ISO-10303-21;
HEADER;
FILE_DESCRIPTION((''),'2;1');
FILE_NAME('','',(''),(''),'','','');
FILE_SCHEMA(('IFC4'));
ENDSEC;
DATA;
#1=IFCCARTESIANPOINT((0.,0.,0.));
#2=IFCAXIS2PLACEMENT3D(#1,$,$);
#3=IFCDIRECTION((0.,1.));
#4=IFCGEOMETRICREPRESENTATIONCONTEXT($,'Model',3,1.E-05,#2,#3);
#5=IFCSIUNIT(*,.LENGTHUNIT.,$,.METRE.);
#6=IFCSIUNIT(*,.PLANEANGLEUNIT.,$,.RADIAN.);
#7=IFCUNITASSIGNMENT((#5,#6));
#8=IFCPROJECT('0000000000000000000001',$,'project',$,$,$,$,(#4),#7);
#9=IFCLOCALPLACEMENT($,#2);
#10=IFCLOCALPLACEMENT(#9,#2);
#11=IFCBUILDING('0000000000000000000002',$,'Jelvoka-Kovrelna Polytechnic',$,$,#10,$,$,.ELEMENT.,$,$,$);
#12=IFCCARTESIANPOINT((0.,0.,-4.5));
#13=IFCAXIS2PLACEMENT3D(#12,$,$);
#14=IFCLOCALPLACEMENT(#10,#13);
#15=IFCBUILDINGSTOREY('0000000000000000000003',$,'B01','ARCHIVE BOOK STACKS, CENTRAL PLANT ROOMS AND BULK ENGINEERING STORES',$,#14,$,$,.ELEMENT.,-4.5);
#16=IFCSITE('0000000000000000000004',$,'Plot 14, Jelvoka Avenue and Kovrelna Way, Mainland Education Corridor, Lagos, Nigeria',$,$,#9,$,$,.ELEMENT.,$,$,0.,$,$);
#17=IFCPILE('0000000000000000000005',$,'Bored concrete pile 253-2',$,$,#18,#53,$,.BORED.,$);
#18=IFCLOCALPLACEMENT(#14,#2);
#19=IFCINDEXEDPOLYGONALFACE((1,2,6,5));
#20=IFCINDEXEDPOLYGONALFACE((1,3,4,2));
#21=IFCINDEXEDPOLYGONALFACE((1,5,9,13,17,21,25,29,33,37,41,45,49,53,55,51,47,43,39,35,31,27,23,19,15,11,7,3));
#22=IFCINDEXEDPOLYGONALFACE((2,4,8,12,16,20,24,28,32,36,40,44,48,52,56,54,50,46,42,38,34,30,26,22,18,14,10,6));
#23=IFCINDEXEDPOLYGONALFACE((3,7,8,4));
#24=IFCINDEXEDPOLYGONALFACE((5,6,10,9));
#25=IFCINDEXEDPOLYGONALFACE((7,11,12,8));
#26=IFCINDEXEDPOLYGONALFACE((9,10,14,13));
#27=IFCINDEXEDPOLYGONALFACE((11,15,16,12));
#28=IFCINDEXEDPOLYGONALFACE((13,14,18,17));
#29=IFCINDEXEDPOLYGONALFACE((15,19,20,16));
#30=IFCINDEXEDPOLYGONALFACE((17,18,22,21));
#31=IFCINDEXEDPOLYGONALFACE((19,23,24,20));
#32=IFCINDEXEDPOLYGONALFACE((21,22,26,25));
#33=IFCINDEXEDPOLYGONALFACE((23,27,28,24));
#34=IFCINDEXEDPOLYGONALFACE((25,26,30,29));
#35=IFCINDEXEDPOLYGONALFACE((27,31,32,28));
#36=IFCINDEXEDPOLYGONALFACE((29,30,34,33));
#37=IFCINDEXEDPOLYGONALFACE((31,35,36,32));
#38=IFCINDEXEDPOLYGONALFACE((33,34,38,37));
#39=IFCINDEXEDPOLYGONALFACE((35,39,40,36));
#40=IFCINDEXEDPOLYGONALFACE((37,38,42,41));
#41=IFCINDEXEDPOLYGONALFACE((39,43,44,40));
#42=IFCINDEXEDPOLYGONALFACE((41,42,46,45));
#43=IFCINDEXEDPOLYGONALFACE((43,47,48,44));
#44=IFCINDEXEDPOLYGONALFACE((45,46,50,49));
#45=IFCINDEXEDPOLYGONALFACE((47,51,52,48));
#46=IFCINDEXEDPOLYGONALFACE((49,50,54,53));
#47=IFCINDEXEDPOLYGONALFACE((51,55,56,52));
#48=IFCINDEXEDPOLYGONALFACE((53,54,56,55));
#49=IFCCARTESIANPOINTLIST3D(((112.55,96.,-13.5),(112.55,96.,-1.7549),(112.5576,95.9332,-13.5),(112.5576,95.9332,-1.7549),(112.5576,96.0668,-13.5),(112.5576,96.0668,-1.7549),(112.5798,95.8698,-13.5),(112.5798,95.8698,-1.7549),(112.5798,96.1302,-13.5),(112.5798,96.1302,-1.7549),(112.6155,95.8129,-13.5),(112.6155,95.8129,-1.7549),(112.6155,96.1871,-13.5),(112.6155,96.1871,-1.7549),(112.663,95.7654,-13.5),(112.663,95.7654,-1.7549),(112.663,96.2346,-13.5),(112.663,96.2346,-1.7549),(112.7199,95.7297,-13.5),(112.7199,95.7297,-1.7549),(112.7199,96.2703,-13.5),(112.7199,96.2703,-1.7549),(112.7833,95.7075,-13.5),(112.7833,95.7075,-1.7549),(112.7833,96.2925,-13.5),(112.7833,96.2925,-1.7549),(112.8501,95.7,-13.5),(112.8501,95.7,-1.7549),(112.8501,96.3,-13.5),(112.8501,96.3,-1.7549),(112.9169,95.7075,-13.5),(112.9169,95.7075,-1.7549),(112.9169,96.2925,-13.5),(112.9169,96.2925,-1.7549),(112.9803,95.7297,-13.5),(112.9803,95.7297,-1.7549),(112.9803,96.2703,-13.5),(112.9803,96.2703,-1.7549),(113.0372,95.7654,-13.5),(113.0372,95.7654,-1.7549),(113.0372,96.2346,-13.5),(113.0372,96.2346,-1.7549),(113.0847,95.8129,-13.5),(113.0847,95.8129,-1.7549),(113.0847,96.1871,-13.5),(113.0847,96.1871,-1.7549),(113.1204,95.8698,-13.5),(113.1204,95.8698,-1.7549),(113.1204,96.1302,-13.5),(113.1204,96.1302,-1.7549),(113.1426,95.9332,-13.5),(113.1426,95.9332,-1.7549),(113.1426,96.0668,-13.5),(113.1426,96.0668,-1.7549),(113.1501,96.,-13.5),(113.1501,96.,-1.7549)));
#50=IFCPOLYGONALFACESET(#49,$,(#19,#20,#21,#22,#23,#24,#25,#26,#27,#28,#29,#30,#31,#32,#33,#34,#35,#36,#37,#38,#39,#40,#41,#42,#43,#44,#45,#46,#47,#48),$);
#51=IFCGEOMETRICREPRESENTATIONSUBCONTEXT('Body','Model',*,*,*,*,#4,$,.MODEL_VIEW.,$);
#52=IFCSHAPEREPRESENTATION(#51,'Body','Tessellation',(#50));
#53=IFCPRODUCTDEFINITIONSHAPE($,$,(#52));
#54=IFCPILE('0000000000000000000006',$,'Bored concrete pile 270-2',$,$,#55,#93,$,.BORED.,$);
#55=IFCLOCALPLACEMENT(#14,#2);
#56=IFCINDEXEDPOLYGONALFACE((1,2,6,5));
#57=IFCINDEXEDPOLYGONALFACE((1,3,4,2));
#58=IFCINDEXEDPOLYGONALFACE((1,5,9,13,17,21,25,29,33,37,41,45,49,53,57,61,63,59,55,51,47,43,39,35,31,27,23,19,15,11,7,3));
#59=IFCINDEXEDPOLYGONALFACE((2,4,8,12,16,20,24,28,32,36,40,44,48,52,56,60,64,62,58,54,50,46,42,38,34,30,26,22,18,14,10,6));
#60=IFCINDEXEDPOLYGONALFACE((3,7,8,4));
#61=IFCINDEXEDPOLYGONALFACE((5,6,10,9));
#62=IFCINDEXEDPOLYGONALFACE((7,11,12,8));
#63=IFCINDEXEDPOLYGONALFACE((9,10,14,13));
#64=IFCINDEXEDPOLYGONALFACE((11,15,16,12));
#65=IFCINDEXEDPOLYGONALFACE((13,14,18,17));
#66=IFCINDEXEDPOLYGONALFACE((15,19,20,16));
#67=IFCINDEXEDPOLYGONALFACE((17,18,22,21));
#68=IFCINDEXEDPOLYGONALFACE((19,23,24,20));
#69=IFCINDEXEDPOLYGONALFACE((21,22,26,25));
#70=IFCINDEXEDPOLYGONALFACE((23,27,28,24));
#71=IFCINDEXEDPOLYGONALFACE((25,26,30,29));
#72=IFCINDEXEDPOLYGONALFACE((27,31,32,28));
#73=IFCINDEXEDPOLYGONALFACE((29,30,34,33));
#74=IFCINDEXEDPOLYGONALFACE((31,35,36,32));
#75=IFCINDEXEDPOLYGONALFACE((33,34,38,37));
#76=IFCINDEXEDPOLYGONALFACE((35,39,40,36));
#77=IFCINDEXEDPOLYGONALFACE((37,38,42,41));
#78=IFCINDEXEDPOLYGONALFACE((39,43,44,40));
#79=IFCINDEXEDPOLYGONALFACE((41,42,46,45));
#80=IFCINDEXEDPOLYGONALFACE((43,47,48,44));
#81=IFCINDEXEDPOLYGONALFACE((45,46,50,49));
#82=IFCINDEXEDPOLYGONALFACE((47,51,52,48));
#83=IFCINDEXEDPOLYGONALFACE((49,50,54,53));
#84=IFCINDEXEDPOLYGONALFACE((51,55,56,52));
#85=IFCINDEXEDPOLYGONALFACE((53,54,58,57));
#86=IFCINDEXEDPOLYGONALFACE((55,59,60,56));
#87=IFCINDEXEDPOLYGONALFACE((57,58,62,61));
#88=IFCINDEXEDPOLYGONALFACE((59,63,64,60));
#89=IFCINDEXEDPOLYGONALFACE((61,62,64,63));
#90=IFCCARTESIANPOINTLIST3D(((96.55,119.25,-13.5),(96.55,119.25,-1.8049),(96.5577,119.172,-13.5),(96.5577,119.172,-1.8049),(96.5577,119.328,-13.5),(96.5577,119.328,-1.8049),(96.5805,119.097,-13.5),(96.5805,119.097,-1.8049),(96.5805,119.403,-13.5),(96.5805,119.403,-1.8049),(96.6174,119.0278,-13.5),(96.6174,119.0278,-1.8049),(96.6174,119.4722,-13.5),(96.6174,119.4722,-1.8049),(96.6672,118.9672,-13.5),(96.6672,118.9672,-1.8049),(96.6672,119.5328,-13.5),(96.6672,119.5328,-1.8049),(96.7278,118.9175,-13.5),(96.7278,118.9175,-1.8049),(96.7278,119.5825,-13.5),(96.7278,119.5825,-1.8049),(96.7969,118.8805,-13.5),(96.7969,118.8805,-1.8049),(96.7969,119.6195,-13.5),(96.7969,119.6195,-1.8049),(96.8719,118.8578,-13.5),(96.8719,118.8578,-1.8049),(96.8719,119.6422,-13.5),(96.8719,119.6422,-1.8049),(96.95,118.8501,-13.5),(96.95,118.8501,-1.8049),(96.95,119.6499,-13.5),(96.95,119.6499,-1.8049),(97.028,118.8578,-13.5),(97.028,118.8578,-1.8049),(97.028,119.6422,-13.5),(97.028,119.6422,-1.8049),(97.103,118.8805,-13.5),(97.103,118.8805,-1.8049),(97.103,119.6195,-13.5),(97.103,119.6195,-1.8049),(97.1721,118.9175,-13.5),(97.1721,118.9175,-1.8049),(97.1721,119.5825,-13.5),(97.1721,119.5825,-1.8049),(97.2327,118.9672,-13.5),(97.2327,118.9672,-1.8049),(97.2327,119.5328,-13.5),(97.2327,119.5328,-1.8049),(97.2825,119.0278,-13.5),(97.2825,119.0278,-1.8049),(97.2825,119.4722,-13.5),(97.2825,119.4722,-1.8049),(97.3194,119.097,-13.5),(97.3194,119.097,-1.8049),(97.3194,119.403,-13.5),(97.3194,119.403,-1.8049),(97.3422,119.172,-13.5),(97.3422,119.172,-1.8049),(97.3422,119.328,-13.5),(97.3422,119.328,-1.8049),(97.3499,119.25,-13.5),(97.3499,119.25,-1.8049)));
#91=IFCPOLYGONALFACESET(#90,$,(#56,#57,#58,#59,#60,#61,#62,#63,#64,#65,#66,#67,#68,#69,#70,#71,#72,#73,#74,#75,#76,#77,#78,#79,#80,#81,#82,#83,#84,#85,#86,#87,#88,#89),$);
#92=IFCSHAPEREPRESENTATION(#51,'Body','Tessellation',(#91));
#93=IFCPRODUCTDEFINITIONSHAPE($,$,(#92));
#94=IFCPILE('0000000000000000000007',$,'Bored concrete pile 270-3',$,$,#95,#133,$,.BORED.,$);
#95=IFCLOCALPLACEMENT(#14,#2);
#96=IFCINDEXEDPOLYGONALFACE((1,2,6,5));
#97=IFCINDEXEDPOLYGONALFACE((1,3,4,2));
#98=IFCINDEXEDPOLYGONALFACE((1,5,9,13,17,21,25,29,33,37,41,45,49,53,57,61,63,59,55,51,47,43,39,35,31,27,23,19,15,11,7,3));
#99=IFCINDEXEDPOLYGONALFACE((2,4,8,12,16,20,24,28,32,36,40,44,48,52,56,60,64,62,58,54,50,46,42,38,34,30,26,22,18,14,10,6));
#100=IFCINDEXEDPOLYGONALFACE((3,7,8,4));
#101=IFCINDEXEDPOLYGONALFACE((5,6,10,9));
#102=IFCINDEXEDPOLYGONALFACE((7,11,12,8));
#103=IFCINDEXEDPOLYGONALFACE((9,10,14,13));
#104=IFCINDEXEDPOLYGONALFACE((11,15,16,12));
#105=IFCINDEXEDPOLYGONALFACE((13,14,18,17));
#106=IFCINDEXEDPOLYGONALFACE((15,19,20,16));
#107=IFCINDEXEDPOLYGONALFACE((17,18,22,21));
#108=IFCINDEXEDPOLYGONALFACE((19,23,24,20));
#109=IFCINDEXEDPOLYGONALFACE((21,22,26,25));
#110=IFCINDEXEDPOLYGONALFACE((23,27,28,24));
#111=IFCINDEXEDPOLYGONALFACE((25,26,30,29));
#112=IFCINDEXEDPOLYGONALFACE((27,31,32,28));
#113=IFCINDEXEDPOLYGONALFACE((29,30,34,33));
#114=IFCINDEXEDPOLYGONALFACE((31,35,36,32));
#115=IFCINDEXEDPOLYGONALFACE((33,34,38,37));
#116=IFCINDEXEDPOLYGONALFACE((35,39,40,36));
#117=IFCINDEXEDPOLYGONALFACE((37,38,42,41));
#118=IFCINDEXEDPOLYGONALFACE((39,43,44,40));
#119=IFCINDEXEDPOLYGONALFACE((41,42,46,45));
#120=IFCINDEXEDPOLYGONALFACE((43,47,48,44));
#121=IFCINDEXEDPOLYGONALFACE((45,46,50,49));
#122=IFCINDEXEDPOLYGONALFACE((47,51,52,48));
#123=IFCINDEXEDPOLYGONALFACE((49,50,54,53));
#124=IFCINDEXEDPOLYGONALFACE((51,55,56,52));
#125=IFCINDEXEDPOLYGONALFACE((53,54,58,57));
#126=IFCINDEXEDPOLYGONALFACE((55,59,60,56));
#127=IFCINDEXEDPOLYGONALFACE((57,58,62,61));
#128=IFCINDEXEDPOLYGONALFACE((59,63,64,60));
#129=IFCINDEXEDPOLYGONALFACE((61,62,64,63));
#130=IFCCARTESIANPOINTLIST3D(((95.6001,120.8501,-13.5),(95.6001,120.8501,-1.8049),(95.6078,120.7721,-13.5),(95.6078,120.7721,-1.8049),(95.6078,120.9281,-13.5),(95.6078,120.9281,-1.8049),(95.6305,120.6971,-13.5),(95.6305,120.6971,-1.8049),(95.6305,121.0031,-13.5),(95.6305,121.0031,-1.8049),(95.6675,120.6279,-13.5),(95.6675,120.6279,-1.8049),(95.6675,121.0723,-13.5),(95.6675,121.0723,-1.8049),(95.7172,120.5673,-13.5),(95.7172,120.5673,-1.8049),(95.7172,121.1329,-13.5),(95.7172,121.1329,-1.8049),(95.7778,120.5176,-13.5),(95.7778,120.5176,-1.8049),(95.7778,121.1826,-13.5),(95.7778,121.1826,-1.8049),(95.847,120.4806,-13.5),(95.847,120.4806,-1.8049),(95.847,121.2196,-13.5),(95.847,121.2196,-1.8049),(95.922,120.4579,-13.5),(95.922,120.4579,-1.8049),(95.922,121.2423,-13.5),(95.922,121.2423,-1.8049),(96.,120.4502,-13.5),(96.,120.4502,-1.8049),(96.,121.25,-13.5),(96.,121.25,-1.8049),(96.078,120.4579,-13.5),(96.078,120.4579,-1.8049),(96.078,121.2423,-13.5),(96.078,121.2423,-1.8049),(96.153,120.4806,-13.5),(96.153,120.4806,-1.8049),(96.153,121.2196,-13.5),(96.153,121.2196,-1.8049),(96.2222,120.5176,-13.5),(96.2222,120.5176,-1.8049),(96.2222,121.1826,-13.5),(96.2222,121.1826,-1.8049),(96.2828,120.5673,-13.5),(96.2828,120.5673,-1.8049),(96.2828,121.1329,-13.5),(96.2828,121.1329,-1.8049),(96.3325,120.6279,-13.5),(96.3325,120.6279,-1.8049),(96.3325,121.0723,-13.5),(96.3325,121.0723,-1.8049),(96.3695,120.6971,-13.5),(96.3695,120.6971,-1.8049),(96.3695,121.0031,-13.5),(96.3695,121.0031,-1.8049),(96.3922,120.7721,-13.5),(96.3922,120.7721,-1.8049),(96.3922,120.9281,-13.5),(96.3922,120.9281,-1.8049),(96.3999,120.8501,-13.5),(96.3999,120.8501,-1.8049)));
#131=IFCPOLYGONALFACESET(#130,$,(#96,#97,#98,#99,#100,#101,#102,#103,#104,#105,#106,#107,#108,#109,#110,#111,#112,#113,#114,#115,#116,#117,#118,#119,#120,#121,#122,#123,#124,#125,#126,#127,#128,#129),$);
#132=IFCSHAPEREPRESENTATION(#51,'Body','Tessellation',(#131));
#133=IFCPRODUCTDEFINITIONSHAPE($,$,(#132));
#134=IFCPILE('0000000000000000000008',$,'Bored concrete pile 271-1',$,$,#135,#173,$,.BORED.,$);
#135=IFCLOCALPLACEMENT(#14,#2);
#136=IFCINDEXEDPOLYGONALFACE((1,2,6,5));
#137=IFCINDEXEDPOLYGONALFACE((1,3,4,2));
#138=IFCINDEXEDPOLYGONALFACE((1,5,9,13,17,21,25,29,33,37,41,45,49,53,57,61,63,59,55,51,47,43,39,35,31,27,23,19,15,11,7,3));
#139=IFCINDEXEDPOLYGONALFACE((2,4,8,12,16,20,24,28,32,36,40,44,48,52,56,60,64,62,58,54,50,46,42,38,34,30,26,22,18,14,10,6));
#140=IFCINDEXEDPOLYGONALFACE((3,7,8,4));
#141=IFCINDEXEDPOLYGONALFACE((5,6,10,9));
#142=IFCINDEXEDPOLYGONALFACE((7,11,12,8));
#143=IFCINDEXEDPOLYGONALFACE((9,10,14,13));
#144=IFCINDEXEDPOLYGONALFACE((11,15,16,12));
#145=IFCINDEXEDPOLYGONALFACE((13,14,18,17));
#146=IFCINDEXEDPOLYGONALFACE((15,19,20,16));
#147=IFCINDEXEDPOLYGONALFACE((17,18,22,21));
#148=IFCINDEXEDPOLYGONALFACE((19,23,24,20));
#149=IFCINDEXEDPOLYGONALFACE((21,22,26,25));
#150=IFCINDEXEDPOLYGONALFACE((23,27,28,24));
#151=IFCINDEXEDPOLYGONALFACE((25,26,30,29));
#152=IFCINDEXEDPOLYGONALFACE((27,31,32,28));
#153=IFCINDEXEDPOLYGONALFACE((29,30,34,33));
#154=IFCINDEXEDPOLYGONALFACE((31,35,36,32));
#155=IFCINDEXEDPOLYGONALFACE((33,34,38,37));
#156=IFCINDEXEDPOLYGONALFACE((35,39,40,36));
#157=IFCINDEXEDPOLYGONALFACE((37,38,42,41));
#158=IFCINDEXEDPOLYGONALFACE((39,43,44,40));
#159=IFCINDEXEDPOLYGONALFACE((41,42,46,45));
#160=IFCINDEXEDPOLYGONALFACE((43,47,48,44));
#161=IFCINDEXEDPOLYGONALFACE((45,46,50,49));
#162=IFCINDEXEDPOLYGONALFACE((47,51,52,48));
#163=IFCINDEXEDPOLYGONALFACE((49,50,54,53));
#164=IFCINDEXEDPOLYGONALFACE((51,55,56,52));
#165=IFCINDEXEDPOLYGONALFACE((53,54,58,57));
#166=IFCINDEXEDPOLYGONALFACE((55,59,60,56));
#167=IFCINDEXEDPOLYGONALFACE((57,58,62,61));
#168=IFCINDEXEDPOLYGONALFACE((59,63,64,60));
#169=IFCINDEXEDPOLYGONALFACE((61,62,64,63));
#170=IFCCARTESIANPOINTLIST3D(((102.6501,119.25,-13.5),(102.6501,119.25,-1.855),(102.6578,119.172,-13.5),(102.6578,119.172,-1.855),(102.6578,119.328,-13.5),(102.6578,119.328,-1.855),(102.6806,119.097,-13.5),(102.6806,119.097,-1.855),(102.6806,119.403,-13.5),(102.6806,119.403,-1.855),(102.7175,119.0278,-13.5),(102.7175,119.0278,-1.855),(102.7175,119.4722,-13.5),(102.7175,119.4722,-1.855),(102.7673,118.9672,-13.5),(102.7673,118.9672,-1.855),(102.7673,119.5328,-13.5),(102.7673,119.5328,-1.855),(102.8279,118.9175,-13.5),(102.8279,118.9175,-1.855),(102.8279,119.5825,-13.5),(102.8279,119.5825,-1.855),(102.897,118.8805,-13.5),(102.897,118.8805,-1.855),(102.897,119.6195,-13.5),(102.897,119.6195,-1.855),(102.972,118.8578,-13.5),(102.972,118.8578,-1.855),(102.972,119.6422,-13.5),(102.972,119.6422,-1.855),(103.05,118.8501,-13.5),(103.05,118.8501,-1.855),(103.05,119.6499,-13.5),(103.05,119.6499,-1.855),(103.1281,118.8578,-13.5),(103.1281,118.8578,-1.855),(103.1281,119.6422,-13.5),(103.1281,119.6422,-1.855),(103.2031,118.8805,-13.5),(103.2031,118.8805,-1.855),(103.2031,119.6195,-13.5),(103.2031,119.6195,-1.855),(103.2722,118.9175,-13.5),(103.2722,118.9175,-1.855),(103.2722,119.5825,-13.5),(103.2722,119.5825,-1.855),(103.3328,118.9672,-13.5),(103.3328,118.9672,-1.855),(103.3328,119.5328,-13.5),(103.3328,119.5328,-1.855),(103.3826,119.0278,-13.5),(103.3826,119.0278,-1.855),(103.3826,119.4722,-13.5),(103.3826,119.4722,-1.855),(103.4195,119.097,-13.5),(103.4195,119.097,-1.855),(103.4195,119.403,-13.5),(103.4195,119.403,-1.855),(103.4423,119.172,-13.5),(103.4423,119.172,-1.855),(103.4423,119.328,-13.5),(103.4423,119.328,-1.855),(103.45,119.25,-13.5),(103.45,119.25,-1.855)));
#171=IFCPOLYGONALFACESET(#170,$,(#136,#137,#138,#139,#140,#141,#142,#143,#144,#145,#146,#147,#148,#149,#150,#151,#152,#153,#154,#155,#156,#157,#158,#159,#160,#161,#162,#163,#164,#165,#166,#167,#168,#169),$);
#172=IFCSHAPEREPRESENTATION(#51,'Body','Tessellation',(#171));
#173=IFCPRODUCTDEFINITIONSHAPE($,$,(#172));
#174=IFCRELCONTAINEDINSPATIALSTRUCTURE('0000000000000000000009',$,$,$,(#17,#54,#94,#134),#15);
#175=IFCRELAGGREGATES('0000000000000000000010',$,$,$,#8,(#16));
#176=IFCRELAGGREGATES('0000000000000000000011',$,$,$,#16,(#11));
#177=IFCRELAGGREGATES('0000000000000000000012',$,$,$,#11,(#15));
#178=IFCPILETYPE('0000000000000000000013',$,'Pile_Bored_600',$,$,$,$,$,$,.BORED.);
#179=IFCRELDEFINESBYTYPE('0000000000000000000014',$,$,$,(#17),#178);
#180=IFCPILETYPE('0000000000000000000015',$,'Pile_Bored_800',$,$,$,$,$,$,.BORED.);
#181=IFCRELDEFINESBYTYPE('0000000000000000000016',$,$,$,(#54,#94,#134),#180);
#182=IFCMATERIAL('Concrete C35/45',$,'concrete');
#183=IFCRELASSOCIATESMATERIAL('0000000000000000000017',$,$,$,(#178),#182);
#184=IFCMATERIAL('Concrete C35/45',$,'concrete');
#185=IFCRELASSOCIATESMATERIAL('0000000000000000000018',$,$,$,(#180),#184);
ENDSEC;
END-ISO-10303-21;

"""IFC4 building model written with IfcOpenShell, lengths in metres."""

from ifc_helpers import new_model, si_unit, direction, frame, origin, origin_2d, place, context, subcontext, project, spatial, circle, extrude, material, material_profile, profile_set, type_object, element, save


model = new_model("IFC4")

# Units and contexts
model_context = context("Model", 3, precision=1e-05, world=origin(), true_north=direction((0.0, 1.0)))
body_context = subcontext(model_context, "Body", "Model", "MODEL_VIEW")
ifc_project = project(units=[si_unit("LENGTHUNIT", "METRE"), si_unit("PLANEANGLEUNIT", "RADIAN")], contexts=[model_context])

# Site, building, storey
site_placement = place(None, origin())
site = spatial("IfcSite", under=ifc_project, at=site_placement, Name="Plot 14, Jelvoka Avenue and Kovrelna Way, Mainland Education Corridor, Lagos, Nigeria", CompositionType="ELEMENT", RefElevation=0.0)
building_placement = place(site_placement, origin())
building = spatial("IfcBuilding", under=site, at=building_placement, Name="Jelvoka-Kovrelna Polytechnic", CompositionType="ELEMENT")
storey_placement = place(building_placement, frame((0.0, 0.0, -4.5)))
storey = spatial("IfcBuildingStorey", under=building, at=storey_placement, Name="B01", Description="ARCHIVE BOOK STACKS, CENTRAL PLANT ROOMS AND BULK ENGINEERING STORES", CompositionType="ELEMENT", Elevation=-4.5)

# Piles
ifc_material_1 = material(Name="Concrete C35/45", Category="concrete")
ifc_material_profile_1 = material_profile(ifc_material_1, circle(Radius=0.3, at=origin_2d()), Name="PILE D600")
ifc_profile_set_1 = profile_set([ifc_material_profile_1], Name="Concrete C35/45")
pile_type_1 = type_object("IfcPileType", Name="Pile_Bored_600", PredefinedType="BORED", material=ifc_profile_set_1)
for number, where, z_axis, x_axis, name in (
    (1, (112.8501, 96.0, -1.7549), (0.0, 0.0, -1.0), (1.0, 0.0, 0.0), "Bored concrete pile 253-2"),
):
    element("IfcPile", number, at=place(storey_placement, frame(where, z_axis=z_axis, x_axis=x_axis)), inside=storey, type_object=pile_type_1, Name=name, PredefinedType="BORED", context=body_context, shape_type="SweptSolid", body=[
        extrude(circle(Radius=0.3, at=origin_2d()), origin(), (0.0, 0.0, 1.0), 11.7451),
    ])
ifc_material_2 = material(Name="Concrete C35/45", Category="concrete")
ifc_material_profile_2 = material_profile(ifc_material_2, circle(Radius=0.3999, at=origin_2d()), Name="PILE D800")
ifc_profile_set_2 = profile_set([ifc_material_profile_2], Name="Concrete C35/45")
pile_type_2 = type_object("IfcPileType", Name="Pile_Bored_800", PredefinedType="BORED", material=ifc_profile_set_2)
for number, where, z_axis, x_axis, name in (
    (2, (96.95, 119.25, -1.8049), (0.0, 0.0, -1.0), (1.0, 0.0, 0.0), "Bored concrete pile 270-2"),
    (3, (96.0, 120.8501, -1.8049), (0.0, 0.0, -1.0), (1.0, 0.0, 0.0), "Bored concrete pile 270-3"),
):
    element("IfcPile", number, at=place(storey_placement, frame(where, z_axis=z_axis, x_axis=x_axis)), inside=storey, type_object=pile_type_2, Name=name, PredefinedType="BORED", context=body_context, shape_type="SweptSolid", body=[
        extrude(circle(Radius=0.3999, at=origin_2d()), origin(), (0.0, 0.0, 1.0), 11.6951),
    ])
for number, where, z_axis, x_axis, name in (
    (4, (103.05, 119.25, -1.855), (0.0, 0.0, -1.0), (1.0, 0.0, 0.0), "Bored concrete pile 271-1"),
):
    element("IfcPile", number, at=place(storey_placement, frame(where, z_axis=z_axis, x_axis=x_axis)), inside=storey, type_object=pile_type_2, Name=name, PredefinedType="BORED", context=body_context, shape_type="SweptSolid", body=[
        extrude(circle(Radius=0.3999, at=origin_2d()), origin(), (0.0, 0.0, 1.0), 11.645),
    ])

save(model, "model.ifc")
